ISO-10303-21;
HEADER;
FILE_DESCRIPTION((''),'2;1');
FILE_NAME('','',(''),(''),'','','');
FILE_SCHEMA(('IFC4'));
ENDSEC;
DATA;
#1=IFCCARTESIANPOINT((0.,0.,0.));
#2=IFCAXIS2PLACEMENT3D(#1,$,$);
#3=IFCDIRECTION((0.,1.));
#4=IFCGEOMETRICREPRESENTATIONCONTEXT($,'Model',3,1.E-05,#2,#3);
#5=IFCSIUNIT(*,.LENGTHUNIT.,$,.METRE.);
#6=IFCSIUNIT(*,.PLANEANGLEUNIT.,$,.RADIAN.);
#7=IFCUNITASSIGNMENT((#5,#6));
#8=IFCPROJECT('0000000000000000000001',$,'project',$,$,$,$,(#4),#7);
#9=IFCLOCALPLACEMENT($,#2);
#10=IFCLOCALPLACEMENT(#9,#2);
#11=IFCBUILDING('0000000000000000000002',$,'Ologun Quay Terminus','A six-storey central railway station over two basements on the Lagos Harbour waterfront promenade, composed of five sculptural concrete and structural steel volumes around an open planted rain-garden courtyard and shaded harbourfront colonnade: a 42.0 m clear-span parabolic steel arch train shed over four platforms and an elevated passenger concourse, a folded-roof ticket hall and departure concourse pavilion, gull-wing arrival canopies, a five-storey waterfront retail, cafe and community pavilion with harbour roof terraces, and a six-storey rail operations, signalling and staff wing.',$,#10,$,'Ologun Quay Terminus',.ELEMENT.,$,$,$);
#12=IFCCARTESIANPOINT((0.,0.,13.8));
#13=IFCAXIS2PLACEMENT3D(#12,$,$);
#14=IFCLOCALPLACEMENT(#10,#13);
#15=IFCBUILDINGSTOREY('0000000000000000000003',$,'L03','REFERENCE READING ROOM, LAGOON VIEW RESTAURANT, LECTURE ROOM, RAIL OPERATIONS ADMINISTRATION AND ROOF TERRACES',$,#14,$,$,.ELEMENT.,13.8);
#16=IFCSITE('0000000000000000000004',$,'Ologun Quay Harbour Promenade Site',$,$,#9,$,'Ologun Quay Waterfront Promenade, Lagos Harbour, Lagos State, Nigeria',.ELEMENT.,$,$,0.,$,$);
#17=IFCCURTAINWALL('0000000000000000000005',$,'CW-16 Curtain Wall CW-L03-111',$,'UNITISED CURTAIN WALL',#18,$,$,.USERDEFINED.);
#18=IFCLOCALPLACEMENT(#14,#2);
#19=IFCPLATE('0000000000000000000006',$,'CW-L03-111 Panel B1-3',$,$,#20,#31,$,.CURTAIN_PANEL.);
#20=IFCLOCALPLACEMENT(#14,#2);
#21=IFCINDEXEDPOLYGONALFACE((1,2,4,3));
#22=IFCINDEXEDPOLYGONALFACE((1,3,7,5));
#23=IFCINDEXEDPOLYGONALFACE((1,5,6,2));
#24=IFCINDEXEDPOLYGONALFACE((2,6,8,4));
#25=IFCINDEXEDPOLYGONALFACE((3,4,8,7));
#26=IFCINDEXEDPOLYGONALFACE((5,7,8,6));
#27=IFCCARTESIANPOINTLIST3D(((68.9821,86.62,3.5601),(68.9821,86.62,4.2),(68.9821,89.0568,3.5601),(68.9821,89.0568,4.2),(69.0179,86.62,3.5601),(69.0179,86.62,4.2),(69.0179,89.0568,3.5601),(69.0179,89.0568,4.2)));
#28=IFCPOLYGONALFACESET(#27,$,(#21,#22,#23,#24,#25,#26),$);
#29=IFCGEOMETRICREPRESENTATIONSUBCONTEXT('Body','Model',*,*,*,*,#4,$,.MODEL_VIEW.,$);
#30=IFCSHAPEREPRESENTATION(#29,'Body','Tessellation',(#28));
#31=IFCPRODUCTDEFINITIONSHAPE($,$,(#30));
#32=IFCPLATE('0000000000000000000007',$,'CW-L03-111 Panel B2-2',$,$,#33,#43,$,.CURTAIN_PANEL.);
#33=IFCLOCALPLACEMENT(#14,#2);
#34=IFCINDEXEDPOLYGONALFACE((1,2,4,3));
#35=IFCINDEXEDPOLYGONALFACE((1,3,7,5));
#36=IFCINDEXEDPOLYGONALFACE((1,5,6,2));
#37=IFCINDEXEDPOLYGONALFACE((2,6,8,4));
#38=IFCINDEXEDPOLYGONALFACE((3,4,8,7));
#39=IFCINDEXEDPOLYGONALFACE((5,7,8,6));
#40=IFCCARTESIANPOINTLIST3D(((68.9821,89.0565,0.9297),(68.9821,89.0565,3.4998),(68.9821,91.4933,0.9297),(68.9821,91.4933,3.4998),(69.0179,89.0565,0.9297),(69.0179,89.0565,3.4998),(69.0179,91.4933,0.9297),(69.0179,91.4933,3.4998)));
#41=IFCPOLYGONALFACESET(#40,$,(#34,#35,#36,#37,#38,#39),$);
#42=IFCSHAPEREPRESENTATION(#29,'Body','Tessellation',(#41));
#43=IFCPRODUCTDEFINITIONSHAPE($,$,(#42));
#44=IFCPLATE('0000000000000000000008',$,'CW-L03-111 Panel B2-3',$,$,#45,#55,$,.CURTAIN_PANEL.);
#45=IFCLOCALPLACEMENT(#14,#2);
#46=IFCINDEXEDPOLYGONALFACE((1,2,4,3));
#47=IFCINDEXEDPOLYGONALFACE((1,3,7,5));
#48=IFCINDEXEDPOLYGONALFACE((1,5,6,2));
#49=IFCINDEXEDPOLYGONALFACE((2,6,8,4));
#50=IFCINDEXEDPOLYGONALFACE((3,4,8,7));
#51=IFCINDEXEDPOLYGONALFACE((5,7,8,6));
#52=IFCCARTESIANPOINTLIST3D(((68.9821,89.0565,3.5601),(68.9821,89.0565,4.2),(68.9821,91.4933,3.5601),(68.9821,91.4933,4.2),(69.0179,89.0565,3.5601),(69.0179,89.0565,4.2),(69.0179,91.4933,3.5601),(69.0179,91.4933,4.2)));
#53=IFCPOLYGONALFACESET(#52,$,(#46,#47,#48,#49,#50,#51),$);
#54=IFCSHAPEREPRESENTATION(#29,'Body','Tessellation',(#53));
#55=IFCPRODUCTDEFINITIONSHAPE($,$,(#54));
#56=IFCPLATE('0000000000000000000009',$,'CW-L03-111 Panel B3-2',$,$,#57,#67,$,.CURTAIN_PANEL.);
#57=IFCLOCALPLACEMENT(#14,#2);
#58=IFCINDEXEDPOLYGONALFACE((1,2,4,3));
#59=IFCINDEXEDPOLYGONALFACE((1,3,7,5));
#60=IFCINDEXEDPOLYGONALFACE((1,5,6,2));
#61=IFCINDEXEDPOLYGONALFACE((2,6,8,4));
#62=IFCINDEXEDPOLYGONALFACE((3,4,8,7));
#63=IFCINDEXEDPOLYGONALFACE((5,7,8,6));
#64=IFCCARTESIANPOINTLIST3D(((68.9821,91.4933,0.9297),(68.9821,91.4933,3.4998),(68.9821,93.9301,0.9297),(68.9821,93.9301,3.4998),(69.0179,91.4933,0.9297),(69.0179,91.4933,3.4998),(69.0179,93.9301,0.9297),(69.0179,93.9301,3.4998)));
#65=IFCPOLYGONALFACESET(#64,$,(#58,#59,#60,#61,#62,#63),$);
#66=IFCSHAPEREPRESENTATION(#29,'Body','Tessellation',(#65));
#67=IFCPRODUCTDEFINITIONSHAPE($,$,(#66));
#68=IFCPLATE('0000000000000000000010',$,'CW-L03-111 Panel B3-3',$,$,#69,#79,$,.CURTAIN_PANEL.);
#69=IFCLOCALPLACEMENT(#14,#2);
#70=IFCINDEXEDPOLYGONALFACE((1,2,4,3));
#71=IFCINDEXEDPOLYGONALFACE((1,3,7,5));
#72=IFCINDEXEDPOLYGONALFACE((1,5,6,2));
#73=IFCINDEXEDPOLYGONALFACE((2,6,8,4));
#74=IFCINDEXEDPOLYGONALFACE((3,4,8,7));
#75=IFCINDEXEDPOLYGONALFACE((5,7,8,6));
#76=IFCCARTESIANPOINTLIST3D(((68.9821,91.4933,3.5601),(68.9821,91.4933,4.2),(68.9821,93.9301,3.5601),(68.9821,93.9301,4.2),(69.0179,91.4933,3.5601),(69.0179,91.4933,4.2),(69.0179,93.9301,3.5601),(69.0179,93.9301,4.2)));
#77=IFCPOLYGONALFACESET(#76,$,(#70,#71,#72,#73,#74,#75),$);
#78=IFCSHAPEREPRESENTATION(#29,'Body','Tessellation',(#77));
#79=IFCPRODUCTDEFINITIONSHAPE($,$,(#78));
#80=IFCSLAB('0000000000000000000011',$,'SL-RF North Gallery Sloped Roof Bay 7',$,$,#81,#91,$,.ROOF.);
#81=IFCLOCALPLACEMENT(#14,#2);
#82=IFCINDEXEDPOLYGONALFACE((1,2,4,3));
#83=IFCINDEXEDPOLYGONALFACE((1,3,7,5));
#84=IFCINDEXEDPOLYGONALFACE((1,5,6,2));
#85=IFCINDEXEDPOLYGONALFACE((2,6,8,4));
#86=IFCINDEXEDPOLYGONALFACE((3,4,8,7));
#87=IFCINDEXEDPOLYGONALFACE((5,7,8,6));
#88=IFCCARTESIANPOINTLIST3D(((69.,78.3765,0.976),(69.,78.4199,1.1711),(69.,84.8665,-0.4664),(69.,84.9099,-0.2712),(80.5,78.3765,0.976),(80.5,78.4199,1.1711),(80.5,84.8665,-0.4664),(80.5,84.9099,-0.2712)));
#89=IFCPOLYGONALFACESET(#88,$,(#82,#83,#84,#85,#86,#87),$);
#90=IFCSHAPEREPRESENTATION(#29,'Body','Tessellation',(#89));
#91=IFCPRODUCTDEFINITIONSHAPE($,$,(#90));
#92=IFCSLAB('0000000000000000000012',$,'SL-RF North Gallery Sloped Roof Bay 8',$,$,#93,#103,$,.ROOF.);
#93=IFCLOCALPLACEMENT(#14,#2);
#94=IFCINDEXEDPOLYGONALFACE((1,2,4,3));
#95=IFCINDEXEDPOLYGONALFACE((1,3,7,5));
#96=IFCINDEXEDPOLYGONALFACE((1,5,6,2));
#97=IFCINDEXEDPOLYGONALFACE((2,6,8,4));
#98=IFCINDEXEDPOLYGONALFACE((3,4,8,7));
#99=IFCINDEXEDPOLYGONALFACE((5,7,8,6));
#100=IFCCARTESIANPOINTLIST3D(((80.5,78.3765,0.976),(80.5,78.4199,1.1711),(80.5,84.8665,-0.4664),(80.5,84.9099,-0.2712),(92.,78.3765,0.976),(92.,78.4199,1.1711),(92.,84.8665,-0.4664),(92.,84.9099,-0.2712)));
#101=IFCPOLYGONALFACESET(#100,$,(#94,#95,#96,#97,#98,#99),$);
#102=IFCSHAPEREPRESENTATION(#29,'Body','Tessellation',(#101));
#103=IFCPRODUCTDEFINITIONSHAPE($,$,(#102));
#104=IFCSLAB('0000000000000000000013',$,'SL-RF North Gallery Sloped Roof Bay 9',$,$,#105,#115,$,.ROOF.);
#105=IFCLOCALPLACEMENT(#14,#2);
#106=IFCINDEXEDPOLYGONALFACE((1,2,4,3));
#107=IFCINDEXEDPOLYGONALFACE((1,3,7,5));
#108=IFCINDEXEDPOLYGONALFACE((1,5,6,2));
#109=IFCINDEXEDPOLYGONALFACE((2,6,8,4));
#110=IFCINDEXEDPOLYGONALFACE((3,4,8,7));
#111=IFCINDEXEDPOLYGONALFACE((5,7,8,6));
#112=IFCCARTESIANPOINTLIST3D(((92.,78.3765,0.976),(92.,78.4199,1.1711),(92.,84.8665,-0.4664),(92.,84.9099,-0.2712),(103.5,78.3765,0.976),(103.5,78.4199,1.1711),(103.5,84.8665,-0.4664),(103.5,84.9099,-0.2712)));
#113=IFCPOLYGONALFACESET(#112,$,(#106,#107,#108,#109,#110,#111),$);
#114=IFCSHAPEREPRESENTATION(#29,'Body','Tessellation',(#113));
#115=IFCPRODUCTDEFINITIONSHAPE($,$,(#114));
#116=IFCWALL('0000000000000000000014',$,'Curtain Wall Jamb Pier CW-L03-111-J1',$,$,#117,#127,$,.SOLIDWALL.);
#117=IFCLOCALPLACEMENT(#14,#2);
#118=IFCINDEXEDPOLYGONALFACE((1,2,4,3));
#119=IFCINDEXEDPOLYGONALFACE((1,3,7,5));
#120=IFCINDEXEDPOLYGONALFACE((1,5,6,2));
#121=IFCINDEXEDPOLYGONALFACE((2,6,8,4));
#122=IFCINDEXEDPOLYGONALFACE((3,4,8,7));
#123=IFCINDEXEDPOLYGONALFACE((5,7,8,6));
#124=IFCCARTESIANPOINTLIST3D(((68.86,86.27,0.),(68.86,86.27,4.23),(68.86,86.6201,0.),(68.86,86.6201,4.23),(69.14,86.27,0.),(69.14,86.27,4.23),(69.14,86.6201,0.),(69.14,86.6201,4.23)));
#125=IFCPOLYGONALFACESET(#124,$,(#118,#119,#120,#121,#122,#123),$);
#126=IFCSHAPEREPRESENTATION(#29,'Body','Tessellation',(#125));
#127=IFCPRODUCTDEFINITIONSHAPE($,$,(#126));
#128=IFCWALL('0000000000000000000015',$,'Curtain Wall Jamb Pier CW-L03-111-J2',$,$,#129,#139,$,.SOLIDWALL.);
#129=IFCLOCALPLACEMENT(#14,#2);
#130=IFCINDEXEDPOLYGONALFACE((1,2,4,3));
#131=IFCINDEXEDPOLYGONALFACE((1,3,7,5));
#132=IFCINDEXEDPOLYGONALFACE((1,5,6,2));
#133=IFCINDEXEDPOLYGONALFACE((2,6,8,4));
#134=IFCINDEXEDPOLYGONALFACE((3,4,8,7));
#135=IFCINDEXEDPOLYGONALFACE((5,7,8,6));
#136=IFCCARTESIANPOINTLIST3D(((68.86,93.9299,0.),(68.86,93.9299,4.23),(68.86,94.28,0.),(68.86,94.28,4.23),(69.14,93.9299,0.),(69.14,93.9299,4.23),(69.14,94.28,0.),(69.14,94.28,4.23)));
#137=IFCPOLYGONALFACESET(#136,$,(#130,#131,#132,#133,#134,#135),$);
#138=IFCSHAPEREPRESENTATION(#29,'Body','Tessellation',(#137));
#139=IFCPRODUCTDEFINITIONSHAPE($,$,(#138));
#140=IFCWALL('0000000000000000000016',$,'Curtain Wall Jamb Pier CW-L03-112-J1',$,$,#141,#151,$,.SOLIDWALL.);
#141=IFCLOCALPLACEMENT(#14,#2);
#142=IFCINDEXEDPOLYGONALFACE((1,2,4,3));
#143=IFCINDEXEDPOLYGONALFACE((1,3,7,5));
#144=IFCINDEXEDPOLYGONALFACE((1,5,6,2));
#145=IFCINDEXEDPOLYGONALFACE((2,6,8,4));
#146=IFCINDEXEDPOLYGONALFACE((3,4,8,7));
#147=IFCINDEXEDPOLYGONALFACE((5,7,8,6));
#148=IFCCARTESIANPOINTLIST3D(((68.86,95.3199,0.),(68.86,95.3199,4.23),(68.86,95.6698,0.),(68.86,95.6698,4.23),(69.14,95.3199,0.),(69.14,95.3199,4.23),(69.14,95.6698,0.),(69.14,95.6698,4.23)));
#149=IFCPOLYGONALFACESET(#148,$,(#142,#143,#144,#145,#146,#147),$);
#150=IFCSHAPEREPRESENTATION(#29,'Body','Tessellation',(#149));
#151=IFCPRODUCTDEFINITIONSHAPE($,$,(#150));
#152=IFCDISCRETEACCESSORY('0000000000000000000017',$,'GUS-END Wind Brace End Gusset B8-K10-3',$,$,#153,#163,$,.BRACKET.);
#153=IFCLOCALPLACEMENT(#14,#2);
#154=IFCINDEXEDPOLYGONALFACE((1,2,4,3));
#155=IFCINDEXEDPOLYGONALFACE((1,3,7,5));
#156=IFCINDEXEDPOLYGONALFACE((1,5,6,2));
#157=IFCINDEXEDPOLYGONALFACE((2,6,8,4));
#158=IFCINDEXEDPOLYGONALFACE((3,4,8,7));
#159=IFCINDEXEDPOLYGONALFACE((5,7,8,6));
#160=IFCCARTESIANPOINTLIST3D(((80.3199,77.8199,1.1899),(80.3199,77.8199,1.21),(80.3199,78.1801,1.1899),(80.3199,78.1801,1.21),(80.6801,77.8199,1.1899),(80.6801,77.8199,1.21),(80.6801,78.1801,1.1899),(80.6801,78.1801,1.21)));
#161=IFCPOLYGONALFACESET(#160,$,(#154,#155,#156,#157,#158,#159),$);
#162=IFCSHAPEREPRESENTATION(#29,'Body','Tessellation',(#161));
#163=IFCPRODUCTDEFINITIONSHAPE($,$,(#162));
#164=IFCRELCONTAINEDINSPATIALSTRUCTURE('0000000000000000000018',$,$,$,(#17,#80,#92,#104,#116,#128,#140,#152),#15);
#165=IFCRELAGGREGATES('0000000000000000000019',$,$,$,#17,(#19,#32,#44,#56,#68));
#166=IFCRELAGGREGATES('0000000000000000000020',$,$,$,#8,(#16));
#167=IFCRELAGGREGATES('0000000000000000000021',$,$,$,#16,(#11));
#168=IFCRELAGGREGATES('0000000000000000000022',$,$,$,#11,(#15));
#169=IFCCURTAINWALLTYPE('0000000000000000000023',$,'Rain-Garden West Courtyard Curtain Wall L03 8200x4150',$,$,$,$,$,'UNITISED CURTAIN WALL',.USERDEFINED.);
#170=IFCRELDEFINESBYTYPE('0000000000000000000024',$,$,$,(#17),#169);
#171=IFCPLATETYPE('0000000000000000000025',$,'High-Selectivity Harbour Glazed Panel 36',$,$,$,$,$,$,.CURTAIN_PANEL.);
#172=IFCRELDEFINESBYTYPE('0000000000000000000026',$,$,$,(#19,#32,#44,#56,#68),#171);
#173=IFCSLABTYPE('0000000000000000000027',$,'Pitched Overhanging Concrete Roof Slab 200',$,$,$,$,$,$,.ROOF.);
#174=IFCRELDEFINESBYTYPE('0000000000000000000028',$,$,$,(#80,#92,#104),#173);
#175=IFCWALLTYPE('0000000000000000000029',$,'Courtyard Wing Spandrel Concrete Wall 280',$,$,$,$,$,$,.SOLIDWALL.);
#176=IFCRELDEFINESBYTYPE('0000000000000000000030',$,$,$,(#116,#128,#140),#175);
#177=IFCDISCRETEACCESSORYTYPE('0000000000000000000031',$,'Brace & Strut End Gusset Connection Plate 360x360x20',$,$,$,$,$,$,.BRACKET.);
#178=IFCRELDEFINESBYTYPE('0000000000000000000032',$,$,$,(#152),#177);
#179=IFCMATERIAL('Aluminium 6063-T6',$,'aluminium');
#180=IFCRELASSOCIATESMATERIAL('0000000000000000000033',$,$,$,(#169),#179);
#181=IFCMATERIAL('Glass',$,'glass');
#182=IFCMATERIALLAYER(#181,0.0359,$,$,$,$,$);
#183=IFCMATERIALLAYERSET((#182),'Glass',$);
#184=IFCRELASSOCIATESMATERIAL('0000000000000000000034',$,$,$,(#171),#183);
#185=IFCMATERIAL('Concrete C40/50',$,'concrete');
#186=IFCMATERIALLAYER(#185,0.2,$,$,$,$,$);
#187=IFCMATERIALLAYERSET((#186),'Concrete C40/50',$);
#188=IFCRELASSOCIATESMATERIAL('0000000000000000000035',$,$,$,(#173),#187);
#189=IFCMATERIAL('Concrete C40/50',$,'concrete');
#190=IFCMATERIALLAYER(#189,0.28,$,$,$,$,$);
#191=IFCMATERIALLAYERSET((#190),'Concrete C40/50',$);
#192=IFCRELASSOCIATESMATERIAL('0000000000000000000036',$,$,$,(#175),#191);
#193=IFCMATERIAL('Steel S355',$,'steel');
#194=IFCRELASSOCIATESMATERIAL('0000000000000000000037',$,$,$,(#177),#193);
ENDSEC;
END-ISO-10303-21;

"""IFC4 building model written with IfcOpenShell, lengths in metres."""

from ifc_helpers import new_model, si_unit, direction, frame, frame_2d, origin, origin_2d, place, context, subcontext, project, spatial, polyline, rectangle, outline, extrude, material, layer, layer_set, type_object, element, aggregate, save


model = new_model("IFC4")

# Units and contexts
model_context = context("Model", 3, precision=1e-05, world=origin(), true_north=direction((0.0, 1.0)))
body_context = subcontext(model_context, "Body", "Model", "MODEL_VIEW")
ifc_project = project(units=[si_unit("LENGTHUNIT", "METRE"), si_unit("PLANEANGLEUNIT", "RADIAN")], contexts=[model_context])

# Site, building, storey
site_placement = place(None, origin())
site = spatial("IfcSite", under=ifc_project, at=site_placement, Name="Ologun Quay Harbour Promenade Site", LongName="Ologun Quay Waterfront Promenade, Lagos Harbour, Lagos State, Nigeria", CompositionType="ELEMENT", RefElevation=0.0)
building_placement = place(site_placement, origin())
building = spatial("IfcBuilding", under=site, at=building_placement, Name="Ologun Quay Terminus", Description="A six-storey central railway station over two basements on the Lagos Harbour waterfront promenade, composed of five sculptural concrete and structural steel volumes around an open planted rain-garden courtyard and shaded harbourfront colonnade: a 42.0 m clear-span parabolic steel arch train shed over four platforms and an elevated passenger concourse, a folded-roof ticket hall and departure concourse pavilion, gull-wing arrival canopies, a five-storey waterfront retail, cafe and community pavilion with harbour roof terraces, and a six-storey rail operations, signalling and staff wing.", LongName="Ologun Quay Terminus", CompositionType="ELEMENT")
storey_placement = place(building_placement, frame((0.0, 0.0, 13.8)))
storey = spatial("IfcBuildingStorey", under=building, at=storey_placement, Name="L03", Description="REFERENCE READING ROOM, LAGOON VIEW RESTAURANT, LECTURE ROOM, RAIL OPERATIONS ADMINISTRATION AND ROOF TERRACES", CompositionType="ELEMENT", Elevation=13.8)

# Curtain wall
ifc_material_1 = material(Name="Aluminium 6063-T6", Category="aluminium")
curtain_wall_type = type_object("IfcCurtainWallType", Name="Rain-Garden West Courtyard Curtain Wall L03 8200x4150", ElementType="UNITISED CURTAIN WALL", PredefinedType="USERDEFINED", material=ifc_material_1)
curtain_wall_1_placement = place(storey_placement, origin())
curtain_wall_1 = element("IfcCurtainWall", 1, at=curtain_wall_1_placement, inside=storey, type_object=curtain_wall_type, Name="CW-16 Curtain Wall CW-L03-111", ObjectType="UNITISED CURTAIN WALL", PredefinedType="USERDEFINED")

# Plates
ifc_material_2 = material(Name="Glass", Category="glass")
ifc_layer_1 = layer(ifc_material_2, 0.0359)
ifc_layer_set_1 = layer_set([ifc_layer_1], Name="Glass")
plate_type_1 = type_object("IfcPlateType", Name="High-Selectivity Harbour Glazed Panel 36", PredefinedType="CURTAIN_PANEL", material=ifc_layer_set_1)
plate_1_placement = place(storey_placement, frame((69.0, 87.8384, 3.5601), z_axis=(0.0, 0.0, 1.0), x_axis=(0.0, 1.0, 0.0)))
plate_1 = element("IfcPlate", 2, at=plate_1_placement, type_object=plate_type_1, Name="CW-L03-111 Panel B1-3", PredefinedType="CURTAIN_PANEL", context=body_context, shape_type="SweptSolid", body=[
    extrude(rectangle(XDim=2.4368, YDim=0.0359, at=origin_2d()), origin(), (0.0, 0.0, 1.0), 0.6399),
])
plate_2_placement = place(storey_placement, frame((69.0, 90.2749, 0.9297), z_axis=(0.0, 0.0, 1.0), x_axis=(0.0, 1.0, 0.0)))
plate_2 = element("IfcPlate", 3, at=plate_2_placement, type_object=plate_type_1, Name="CW-L03-111 Panel B2-2", PredefinedType="CURTAIN_PANEL", context=body_context, shape_type="SweptSolid", body=[
    extrude(rectangle(XDim=2.4368, YDim=0.0359, at=origin_2d()), origin(), (0.0, 0.0, 1.0), 2.5701),
])
plate_3_placement = place(storey_placement, frame((69.0, 90.2749, 3.5601), z_axis=(0.0, 0.0, 1.0), x_axis=(0.0, 1.0, 0.0)))
plate_3 = element("IfcPlate", 4, at=plate_3_placement, type_object=plate_type_1, Name="CW-L03-111 Panel B2-3", PredefinedType="CURTAIN_PANEL", context=body_context, shape_type="SweptSolid", body=[
    extrude(rectangle(XDim=2.4368, YDim=0.0359, at=origin_2d()), origin(), (0.0, 0.0, 1.0), 0.6399),
])
plate_4_placement = place(storey_placement, frame((69.0, 92.7117, 0.9297), z_axis=(0.0, 0.0, 1.0), x_axis=(0.0, 1.0, 0.0)))
plate_4 = element("IfcPlate", 5, at=plate_4_placement, type_object=plate_type_1, Name="CW-L03-111 Panel B3-2", PredefinedType="CURTAIN_PANEL", context=body_context, shape_type="SweptSolid", body=[
    extrude(rectangle(XDim=2.4368, YDim=0.0359, at=origin_2d()), origin(), (0.0, 0.0, 1.0), 2.5701),
])
plate_5_placement = place(storey_placement, frame((69.0, 92.7117, 3.5601), z_axis=(0.0, 0.0, 1.0), x_axis=(0.0, 1.0, 0.0)))
plate_5 = element("IfcPlate", 6, at=plate_5_placement, type_object=plate_type_1, Name="CW-L03-111 Panel B3-3", PredefinedType="CURTAIN_PANEL", context=body_context, shape_type="SweptSolid", body=[
    extrude(rectangle(XDim=2.4368, YDim=0.0359, at=origin_2d()), origin(), (0.0, 0.0, 1.0), 0.6399),
])
aggregate(curtain_wall_1, [plate_1, plate_2, plate_3, plate_4, plate_5])

# Slabs
ifc_material_3 = material(Name="Concrete C40/50", Category="concrete")
ifc_layer_2 = layer(ifc_material_3, 0.2)
ifc_layer_set_2 = layer_set([ifc_layer_2], Name="Concrete C40/50")
slab_type = type_object("IfcSlabType", Name="Pitched Overhanging Concrete Roof Slab 200", PredefinedType="ROOF", material=ifc_layer_set_2)
for number, where, z_axis, x_axis, name in (
    (7, (69.0, 84.9099, -0.2712), (0.0, 0.216954, 0.976182), (1.0, 0.0, 0.0), "SL-RF North Gallery Sloped Roof Bay 7"),
    (8, (80.5, 84.9099, -0.2712), (0.0, 0.216954, 0.976182), (1.0, 0.0, 0.0), "SL-RF North Gallery Sloped Roof Bay 8"),
    (9, (92.0, 84.9099, -0.2712), (0.0, 0.216954, 0.976182), (1.0, 0.0, 0.0), "SL-RF North Gallery Sloped Roof Bay 9"),
):
    element("IfcSlab", number, at=place(storey_placement, frame(where, z_axis=z_axis, x_axis=x_axis)), inside=storey, type_object=slab_type, Name=name, PredefinedType="ROOF", context=body_context, shape_type="SweptSolid", body=[
        extrude(outline(polyline([(0.0, 0.0), (11.5, 0.0), (11.5, -6.6483), (0.0, -6.6483), (0.0, 0.0)])), origin(), (0.0, 0.0, -1.0), 0.2),
    ])

# Walls
ifc_material_4 = material(Name="Concrete C40/50", Category="concrete")
ifc_layer_3 = layer(ifc_material_4, 0.28)
ifc_layer_set_3 = layer_set([ifc_layer_3], Name="Concrete C40/50")
wall_type = type_object("IfcWallType", Name="Courtyard Wing Spandrel Concrete Wall 280", PredefinedType="SOLIDWALL", material=ifc_layer_set_3)
for number, where, z_axis, x_axis, name in (
    (10, (69.0, 86.27, 0.0), (0.0, 0.0, 1.0), (0.0, 1.0, 0.0), "Curtain Wall Jamb Pier CW-L03-111-J1"),
    (11, (69.0, 93.9299, 0.0), (0.0, 0.0, 1.0), (0.0, 1.0, 0.0), "Curtain Wall Jamb Pier CW-L03-111-J2"),
):
    element("IfcWall", number, at=place(storey_placement, frame(where, z_axis=z_axis, x_axis=x_axis)), inside=storey, type_object=wall_type, Name=name, PredefinedType="SOLIDWALL", context=body_context, shape_type="SweptSolid", body=[
        extrude(rectangle(XDim=0.3501, YDim=0.28, at=frame_2d((0.175, 0.0))), origin(), (0.0, 0.0, 1.0), 4.23),
    ])
wall_placement = place(storey_placement, frame((69.0, 95.3201, 0.0), z_axis=(0.0, 0.0, 1.0), x_axis=(0.0, 1.0, 0.0)))
element("IfcWall", 12, at=wall_placement, inside=storey, type_object=wall_type, Name="Curtain Wall Jamb Pier CW-L03-112-J1", PredefinedType="SOLIDWALL", context=body_context, shape_type="SweptSolid", body=[
    extrude(rectangle(XDim=0.3499, YDim=0.28, at=frame_2d((0.1748, 0.0))), origin(), (0.0, 0.0, 1.0), 4.23),
])

# Discrete accessory
ifc_material_5 = material(Name="Steel S355", Category="steel")
discrete_accessory_type = type_object("IfcDiscreteAccessoryType", Name="Brace & Strut End Gusset Connection Plate 360x360x20", PredefinedType="BRACKET", material=ifc_material_5)
discrete_accessory_placement = place(storey_placement, frame((80.5, 78.0, 1.1899), z_axis=(0.0, 0.0, 1.0), x_axis=(1.0, 0.0, 0.0)))
element("IfcDiscreteAccessory", 13, at=discrete_accessory_placement, inside=storey, type_object=discrete_accessory_type, Name="GUS-END Wind Brace End Gusset B8-K10-3", PredefinedType="BRACKET", context=body_context, shape_type="SweptSolid", body=[
    extrude(rectangle(XDim=0.3601, YDim=0.3601, at=origin_2d()), origin(), (0.0, 0.0, 1.0), 0.02),
])

save(model, "model.ifc")
